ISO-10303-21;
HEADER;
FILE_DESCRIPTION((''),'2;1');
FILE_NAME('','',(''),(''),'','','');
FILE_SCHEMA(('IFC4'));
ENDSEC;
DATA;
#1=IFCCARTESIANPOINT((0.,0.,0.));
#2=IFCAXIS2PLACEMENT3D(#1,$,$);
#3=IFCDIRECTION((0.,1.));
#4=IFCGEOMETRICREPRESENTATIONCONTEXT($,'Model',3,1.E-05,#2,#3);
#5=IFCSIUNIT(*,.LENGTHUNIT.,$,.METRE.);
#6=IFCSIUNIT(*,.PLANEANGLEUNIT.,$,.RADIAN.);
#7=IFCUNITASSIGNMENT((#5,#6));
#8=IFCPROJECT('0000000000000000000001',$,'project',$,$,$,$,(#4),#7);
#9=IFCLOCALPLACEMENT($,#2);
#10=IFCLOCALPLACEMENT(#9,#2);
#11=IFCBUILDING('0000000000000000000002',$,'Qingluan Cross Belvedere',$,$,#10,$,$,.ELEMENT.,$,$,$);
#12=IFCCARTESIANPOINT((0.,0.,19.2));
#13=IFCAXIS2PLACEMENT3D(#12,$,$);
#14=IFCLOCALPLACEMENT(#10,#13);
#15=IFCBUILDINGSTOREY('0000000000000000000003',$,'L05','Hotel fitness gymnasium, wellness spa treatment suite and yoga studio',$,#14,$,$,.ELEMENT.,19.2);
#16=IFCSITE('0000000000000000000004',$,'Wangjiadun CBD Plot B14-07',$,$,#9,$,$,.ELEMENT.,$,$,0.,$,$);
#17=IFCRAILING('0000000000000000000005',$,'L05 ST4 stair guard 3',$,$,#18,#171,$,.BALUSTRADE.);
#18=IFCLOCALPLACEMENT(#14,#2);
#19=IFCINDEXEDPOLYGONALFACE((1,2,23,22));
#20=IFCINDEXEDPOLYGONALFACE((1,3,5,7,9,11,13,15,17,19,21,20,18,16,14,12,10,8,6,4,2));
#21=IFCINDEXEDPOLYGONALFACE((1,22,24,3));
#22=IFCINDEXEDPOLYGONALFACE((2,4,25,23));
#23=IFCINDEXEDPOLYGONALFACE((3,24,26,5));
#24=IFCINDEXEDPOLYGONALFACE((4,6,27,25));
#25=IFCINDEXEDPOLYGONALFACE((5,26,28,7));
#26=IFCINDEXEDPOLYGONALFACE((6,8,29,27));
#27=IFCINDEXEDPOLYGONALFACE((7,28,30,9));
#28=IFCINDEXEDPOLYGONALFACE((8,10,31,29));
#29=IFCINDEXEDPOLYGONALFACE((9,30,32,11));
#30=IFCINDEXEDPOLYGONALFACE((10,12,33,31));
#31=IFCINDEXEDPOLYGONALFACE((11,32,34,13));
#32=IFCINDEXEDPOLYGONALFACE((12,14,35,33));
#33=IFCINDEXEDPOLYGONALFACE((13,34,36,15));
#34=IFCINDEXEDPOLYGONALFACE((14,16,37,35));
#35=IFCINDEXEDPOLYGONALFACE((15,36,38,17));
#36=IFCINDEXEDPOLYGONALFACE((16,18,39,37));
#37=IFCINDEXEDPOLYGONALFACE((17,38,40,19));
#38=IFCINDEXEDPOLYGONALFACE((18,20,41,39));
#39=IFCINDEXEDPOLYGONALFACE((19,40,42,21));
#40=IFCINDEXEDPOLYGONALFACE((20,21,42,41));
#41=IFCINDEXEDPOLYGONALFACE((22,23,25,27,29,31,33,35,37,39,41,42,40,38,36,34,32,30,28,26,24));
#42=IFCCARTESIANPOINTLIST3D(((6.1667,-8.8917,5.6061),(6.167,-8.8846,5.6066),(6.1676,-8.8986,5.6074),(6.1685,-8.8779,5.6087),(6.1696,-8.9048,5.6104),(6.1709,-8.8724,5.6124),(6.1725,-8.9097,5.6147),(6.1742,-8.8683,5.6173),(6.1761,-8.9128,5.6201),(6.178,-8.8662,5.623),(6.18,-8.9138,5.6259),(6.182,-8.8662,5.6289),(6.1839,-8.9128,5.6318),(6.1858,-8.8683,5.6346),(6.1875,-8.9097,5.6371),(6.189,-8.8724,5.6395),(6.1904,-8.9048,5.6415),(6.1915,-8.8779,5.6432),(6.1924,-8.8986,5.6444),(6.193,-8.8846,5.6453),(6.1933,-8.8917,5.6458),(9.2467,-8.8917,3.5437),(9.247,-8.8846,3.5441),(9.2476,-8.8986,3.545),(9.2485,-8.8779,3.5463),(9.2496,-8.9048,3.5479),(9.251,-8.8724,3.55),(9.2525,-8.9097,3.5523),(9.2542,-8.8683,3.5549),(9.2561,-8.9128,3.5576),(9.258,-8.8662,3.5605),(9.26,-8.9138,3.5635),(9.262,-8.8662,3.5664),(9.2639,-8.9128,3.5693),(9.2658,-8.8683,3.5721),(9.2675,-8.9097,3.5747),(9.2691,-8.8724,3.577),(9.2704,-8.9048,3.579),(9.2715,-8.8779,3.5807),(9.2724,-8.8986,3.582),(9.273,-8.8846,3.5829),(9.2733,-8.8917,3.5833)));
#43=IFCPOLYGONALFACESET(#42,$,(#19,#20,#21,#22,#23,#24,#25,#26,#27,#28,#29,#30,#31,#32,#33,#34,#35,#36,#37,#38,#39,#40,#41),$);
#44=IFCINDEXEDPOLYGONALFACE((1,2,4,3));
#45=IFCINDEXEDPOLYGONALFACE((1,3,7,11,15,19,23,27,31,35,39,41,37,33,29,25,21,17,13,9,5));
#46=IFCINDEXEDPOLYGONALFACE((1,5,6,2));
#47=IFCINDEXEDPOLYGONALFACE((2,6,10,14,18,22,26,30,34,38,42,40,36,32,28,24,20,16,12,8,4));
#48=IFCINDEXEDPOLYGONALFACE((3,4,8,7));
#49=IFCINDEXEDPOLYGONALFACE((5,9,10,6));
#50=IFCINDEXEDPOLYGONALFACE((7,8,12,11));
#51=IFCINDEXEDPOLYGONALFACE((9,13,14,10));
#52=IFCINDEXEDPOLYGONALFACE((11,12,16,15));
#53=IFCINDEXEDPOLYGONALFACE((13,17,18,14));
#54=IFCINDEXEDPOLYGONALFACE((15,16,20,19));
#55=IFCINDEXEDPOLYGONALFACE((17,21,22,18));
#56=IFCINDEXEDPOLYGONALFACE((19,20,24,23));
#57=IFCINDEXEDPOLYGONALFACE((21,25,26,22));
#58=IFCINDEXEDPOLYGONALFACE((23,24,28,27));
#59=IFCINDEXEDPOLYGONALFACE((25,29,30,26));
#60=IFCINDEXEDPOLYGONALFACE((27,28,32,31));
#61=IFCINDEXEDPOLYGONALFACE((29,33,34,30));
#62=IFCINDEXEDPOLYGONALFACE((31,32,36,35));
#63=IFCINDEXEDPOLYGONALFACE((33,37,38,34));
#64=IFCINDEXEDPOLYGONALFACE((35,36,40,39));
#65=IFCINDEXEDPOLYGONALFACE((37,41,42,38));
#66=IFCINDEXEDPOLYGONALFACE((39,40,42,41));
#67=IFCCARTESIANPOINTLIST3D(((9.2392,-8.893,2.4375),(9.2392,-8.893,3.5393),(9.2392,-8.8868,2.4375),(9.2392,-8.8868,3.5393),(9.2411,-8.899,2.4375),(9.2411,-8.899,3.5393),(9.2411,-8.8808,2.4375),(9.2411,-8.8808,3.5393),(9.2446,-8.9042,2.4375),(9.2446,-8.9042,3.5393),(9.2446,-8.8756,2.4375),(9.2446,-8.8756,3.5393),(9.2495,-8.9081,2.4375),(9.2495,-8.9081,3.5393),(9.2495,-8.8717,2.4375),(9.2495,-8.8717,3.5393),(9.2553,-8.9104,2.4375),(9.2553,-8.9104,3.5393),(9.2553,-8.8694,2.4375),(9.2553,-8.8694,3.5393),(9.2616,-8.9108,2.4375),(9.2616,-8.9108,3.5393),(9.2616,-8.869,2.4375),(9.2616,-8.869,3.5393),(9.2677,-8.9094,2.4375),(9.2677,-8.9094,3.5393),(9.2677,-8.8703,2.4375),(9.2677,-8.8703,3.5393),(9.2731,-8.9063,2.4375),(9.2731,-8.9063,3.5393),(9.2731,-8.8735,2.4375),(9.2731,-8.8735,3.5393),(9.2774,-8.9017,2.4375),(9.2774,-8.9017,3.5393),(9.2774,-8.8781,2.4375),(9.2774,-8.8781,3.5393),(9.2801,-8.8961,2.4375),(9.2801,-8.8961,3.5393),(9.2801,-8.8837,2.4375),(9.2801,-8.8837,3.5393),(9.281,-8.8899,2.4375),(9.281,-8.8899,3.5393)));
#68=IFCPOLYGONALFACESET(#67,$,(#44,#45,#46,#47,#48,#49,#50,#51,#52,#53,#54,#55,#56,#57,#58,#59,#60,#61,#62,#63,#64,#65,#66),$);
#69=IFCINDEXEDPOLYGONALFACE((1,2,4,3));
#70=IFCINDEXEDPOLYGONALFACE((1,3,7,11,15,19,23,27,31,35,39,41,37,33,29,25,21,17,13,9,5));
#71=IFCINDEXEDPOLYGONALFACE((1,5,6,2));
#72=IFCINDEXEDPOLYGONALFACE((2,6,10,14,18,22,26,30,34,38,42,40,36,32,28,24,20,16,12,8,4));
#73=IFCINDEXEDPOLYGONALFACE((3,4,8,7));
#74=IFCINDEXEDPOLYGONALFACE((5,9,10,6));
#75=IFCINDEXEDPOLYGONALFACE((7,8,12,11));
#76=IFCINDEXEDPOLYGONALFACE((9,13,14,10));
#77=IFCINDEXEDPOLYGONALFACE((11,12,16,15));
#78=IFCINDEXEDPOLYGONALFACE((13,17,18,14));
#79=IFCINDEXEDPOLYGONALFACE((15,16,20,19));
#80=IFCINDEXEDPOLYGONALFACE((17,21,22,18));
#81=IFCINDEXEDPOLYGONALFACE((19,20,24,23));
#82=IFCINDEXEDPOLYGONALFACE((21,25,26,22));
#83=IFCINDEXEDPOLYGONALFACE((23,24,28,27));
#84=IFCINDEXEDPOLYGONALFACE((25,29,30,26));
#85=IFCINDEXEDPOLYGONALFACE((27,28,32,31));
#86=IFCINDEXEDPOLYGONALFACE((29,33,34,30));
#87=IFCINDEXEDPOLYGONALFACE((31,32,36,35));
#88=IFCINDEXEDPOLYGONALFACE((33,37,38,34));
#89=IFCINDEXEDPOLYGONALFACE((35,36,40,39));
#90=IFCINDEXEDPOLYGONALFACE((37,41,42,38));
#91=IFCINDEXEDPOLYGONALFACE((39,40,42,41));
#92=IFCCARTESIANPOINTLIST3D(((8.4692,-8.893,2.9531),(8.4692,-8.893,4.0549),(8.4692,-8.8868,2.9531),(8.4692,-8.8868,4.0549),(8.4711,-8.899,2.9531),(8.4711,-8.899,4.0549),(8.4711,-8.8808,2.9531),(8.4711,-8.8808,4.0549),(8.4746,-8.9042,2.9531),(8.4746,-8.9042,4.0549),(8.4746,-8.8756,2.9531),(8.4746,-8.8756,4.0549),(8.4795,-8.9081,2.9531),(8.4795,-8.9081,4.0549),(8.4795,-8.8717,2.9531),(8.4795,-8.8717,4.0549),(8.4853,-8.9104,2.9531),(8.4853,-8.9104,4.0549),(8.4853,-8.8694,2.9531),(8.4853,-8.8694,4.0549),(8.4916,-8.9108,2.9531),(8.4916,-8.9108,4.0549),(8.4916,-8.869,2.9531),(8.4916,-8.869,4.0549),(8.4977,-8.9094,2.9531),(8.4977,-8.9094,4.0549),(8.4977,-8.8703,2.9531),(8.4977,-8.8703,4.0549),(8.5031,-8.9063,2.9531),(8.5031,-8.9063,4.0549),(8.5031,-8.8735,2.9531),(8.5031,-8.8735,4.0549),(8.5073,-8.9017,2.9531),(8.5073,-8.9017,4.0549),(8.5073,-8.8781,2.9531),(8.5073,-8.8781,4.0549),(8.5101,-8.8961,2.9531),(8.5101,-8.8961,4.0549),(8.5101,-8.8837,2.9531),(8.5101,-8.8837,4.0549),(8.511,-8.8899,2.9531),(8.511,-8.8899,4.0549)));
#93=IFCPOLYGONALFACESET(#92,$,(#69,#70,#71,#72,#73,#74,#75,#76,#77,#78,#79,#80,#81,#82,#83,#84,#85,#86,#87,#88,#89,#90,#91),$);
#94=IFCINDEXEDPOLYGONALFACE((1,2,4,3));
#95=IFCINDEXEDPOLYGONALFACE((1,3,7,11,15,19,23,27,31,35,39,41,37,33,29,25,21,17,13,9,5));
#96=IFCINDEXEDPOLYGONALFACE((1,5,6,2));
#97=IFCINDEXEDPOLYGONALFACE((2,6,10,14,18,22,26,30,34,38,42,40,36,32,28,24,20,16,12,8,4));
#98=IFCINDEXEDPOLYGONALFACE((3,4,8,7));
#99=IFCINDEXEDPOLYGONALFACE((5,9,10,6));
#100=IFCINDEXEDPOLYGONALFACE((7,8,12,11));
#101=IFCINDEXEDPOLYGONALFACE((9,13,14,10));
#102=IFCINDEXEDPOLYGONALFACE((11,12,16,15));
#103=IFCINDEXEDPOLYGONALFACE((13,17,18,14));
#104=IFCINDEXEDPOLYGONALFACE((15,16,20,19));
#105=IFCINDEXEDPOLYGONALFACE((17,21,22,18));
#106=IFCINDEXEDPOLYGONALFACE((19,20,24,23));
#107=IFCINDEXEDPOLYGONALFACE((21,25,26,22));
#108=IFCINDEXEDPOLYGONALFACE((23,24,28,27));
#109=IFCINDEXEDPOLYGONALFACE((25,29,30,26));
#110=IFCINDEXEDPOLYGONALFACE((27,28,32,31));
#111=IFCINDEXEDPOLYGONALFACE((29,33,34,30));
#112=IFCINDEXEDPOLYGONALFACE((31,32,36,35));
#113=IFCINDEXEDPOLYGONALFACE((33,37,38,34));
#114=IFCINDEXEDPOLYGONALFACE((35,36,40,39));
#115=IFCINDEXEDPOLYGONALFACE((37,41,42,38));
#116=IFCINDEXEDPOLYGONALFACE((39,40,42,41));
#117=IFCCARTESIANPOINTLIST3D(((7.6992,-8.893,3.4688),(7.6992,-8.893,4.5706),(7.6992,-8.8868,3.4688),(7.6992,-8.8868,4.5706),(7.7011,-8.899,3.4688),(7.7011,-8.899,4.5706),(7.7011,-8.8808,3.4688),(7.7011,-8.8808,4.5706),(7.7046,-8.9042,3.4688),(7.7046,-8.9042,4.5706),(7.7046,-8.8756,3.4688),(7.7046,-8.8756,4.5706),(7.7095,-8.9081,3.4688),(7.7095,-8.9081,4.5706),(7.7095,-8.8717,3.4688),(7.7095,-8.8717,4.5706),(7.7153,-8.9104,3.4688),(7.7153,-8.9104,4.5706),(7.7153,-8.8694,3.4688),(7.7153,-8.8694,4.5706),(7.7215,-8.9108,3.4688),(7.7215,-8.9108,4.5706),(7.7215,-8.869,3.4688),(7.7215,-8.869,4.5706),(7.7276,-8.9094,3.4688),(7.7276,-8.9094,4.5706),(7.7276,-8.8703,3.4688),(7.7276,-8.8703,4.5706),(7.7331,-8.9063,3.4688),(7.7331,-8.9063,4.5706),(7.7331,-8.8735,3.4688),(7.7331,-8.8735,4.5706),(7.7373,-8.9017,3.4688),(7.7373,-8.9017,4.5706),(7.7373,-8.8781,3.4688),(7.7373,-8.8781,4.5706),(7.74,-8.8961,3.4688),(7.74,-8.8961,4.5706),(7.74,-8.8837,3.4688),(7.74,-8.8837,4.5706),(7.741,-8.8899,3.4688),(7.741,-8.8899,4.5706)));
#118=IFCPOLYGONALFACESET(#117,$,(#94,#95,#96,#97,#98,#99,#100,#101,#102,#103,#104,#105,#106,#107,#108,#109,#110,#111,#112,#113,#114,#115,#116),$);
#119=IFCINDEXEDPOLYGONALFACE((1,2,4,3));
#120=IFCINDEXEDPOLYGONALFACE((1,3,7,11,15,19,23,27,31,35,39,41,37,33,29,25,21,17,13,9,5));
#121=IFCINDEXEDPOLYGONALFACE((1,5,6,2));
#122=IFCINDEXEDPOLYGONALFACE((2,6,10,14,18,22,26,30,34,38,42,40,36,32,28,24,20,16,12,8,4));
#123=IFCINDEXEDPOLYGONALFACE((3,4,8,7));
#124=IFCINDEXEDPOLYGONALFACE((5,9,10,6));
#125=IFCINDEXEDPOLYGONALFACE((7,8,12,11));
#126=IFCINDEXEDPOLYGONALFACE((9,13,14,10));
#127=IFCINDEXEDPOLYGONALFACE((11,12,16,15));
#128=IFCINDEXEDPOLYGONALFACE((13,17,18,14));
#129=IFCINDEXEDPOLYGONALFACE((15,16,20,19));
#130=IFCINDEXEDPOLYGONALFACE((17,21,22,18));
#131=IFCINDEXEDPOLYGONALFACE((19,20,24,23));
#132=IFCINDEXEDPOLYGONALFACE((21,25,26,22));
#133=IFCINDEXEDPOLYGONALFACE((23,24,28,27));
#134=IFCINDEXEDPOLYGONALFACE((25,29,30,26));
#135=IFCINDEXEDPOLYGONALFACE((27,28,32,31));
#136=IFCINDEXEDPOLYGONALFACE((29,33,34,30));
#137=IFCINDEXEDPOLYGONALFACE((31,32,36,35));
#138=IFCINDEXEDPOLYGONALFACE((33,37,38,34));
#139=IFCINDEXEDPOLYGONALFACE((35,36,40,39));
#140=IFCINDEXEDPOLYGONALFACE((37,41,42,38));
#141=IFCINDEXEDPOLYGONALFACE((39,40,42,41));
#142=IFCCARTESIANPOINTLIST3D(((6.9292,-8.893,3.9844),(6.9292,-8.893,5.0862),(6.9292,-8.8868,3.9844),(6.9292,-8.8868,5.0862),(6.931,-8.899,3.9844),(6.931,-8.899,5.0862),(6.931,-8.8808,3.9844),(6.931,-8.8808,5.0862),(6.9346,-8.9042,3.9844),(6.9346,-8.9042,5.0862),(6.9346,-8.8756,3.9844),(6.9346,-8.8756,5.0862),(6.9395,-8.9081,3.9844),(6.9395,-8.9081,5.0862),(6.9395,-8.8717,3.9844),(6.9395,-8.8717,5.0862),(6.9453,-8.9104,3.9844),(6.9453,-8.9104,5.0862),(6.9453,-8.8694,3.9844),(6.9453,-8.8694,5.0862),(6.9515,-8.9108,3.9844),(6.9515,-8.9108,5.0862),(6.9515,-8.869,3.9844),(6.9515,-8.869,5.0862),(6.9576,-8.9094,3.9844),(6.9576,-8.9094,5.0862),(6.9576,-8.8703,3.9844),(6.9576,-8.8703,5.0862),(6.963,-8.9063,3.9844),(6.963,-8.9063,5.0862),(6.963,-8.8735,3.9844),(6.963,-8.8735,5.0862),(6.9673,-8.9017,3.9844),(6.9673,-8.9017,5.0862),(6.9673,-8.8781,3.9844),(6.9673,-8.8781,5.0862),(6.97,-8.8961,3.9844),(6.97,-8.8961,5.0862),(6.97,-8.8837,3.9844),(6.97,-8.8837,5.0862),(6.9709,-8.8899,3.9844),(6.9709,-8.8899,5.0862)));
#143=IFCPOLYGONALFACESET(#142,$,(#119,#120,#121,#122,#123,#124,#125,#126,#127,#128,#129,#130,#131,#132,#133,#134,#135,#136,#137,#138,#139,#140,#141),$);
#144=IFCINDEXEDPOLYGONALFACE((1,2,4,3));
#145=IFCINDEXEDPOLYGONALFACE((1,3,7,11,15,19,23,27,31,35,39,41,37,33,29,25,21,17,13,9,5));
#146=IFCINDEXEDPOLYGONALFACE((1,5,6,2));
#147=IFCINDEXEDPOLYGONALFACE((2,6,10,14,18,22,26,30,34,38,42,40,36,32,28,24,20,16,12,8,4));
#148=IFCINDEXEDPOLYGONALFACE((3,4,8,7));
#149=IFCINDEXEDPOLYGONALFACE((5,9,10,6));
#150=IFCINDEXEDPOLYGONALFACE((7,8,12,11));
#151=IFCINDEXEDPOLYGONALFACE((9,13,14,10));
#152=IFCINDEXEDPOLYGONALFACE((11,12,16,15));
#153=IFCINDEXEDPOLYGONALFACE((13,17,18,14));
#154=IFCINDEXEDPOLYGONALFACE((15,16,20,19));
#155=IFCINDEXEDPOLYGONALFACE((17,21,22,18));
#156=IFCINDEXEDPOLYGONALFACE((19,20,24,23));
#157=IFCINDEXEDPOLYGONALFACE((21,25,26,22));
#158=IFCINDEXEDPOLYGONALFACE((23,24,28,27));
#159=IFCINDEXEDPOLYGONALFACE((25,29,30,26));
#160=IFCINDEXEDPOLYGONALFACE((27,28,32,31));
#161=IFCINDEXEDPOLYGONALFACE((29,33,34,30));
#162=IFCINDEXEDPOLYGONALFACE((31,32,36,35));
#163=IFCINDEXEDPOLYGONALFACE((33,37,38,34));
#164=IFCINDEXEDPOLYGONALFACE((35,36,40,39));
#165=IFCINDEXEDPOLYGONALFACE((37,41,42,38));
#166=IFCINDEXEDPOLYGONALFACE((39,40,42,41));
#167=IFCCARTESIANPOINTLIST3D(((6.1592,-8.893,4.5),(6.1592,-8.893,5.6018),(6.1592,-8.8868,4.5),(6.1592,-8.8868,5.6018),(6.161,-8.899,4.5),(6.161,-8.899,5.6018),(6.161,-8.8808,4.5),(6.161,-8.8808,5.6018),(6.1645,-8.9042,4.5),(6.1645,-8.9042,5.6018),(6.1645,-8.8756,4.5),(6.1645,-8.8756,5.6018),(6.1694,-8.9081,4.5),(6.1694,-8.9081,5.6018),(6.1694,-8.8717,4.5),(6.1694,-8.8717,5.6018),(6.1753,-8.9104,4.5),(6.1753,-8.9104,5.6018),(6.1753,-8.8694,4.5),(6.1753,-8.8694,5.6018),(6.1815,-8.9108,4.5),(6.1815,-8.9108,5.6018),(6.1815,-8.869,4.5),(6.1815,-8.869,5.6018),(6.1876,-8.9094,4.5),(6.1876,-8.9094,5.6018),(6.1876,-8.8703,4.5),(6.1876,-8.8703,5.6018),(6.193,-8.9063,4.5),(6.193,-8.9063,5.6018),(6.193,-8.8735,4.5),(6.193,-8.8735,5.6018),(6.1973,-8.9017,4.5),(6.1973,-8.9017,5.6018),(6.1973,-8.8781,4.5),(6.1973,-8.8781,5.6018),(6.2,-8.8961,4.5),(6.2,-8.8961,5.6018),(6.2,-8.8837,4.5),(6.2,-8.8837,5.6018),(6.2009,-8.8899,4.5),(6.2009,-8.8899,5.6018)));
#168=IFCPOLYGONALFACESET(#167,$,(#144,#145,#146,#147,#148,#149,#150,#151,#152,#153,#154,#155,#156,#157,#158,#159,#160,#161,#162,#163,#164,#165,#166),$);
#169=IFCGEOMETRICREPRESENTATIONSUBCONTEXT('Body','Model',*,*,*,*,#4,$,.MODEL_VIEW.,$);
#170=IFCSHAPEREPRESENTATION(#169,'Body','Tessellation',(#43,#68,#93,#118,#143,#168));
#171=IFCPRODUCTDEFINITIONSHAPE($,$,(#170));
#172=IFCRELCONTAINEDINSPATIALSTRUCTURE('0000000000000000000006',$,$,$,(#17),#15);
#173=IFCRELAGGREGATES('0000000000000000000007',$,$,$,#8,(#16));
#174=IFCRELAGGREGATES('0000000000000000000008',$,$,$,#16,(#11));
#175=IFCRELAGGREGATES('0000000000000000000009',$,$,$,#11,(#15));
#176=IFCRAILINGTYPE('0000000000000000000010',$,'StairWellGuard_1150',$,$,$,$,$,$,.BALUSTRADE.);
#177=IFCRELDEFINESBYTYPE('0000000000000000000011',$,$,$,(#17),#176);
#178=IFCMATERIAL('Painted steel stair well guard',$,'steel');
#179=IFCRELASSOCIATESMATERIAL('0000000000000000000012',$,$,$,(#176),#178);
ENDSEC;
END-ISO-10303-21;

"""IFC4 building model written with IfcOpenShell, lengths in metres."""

from ifc_helpers import new_model, si_unit, direction, frame, origin, origin_2d, place, context, subcontext, project, spatial, circle, extrude, material, type_object, element, save


model = new_model("IFC4")

# Units and contexts
model_context = context("Model", 3, precision=1e-05, world=origin(), true_north=direction((0.0, 1.0)))
body_context = subcontext(model_context, "Body", "Model", "MODEL_VIEW")
ifc_project = project(units=[si_unit("LENGTHUNIT", "METRE"), si_unit("PLANEANGLEUNIT", "RADIAN")], contexts=[model_context])

# Site, building, storey
site_placement = place(None, origin())
site = spatial("IfcSite", under=ifc_project, at=site_placement, Name="Wangjiadun CBD Plot B14-07", CompositionType="ELEMENT", RefElevation=0.0)
building_placement = place(site_placement, origin())
building = spatial("IfcBuilding", under=site, at=building_placement, Name="Qingluan Cross Belvedere", CompositionType="ELEMENT")
storey_placement = place(building_placement, frame((0.0, 0.0, 19.2)))
storey = spatial("IfcBuildingStorey", under=building, at=storey_placement, Name="L05", Description="Hotel fitness gymnasium, wellness spa treatment suite and yoga studio", CompositionType="ELEMENT", Elevation=19.2)

# Railing
ifc_material_1 = material(Name="Painted steel stair well guard", Category="steel")
railing_type_1 = type_object("IfcRailingType", Name="StairWellGuard_1150", PredefinedType="BALUSTRADE", material=ifc_material_1)
railing_1_placement = place(storey_placement, frame((9.26, -8.8899, 2.4375)))
element("IfcRailing", 1, at=railing_1_placement, inside=storey, type_object=railing_type_1, Name="L05 ST4 stair guard 3", PredefinedType="BALUSTRADE", context=body_context, shape_type="SweptSolid", body=[
    extrude(circle(Radius=0.0239, at=origin_2d()), frame((0.0, 0.0, 1.126), z_axis=(-0.830914, 0.0, 0.556401), x_axis=(0.0, -1.0, 0.0)), (0.0, 0.0, 1.0), 3.7068),
    extrude(circle(Radius=0.021, at=origin_2d()), origin(), (0.0, 0.0, 1.0), 1.1018),
    extrude(circle(Radius=0.021, at=origin_2d()), frame((-0.77, 0.0, 0.5156)), (0.0, 0.0, 1.0), 1.1018),
    extrude(circle(Radius=0.021, at=origin_2d()), frame((-1.54, 0.0, 1.0312)), (0.0, 0.0, 1.0), 1.1018),
    extrude(circle(Radius=0.021, at=origin_2d()), frame((-2.3101, 0.0, 1.5469)), (0.0, 0.0, 1.0), 1.1018),
    extrude(circle(Radius=0.021, at=origin_2d()), frame((-3.0801, 0.0, 2.0625)), (0.0, 0.0, 1.0), 1.1018),
])

save(model, "model.ifc")
